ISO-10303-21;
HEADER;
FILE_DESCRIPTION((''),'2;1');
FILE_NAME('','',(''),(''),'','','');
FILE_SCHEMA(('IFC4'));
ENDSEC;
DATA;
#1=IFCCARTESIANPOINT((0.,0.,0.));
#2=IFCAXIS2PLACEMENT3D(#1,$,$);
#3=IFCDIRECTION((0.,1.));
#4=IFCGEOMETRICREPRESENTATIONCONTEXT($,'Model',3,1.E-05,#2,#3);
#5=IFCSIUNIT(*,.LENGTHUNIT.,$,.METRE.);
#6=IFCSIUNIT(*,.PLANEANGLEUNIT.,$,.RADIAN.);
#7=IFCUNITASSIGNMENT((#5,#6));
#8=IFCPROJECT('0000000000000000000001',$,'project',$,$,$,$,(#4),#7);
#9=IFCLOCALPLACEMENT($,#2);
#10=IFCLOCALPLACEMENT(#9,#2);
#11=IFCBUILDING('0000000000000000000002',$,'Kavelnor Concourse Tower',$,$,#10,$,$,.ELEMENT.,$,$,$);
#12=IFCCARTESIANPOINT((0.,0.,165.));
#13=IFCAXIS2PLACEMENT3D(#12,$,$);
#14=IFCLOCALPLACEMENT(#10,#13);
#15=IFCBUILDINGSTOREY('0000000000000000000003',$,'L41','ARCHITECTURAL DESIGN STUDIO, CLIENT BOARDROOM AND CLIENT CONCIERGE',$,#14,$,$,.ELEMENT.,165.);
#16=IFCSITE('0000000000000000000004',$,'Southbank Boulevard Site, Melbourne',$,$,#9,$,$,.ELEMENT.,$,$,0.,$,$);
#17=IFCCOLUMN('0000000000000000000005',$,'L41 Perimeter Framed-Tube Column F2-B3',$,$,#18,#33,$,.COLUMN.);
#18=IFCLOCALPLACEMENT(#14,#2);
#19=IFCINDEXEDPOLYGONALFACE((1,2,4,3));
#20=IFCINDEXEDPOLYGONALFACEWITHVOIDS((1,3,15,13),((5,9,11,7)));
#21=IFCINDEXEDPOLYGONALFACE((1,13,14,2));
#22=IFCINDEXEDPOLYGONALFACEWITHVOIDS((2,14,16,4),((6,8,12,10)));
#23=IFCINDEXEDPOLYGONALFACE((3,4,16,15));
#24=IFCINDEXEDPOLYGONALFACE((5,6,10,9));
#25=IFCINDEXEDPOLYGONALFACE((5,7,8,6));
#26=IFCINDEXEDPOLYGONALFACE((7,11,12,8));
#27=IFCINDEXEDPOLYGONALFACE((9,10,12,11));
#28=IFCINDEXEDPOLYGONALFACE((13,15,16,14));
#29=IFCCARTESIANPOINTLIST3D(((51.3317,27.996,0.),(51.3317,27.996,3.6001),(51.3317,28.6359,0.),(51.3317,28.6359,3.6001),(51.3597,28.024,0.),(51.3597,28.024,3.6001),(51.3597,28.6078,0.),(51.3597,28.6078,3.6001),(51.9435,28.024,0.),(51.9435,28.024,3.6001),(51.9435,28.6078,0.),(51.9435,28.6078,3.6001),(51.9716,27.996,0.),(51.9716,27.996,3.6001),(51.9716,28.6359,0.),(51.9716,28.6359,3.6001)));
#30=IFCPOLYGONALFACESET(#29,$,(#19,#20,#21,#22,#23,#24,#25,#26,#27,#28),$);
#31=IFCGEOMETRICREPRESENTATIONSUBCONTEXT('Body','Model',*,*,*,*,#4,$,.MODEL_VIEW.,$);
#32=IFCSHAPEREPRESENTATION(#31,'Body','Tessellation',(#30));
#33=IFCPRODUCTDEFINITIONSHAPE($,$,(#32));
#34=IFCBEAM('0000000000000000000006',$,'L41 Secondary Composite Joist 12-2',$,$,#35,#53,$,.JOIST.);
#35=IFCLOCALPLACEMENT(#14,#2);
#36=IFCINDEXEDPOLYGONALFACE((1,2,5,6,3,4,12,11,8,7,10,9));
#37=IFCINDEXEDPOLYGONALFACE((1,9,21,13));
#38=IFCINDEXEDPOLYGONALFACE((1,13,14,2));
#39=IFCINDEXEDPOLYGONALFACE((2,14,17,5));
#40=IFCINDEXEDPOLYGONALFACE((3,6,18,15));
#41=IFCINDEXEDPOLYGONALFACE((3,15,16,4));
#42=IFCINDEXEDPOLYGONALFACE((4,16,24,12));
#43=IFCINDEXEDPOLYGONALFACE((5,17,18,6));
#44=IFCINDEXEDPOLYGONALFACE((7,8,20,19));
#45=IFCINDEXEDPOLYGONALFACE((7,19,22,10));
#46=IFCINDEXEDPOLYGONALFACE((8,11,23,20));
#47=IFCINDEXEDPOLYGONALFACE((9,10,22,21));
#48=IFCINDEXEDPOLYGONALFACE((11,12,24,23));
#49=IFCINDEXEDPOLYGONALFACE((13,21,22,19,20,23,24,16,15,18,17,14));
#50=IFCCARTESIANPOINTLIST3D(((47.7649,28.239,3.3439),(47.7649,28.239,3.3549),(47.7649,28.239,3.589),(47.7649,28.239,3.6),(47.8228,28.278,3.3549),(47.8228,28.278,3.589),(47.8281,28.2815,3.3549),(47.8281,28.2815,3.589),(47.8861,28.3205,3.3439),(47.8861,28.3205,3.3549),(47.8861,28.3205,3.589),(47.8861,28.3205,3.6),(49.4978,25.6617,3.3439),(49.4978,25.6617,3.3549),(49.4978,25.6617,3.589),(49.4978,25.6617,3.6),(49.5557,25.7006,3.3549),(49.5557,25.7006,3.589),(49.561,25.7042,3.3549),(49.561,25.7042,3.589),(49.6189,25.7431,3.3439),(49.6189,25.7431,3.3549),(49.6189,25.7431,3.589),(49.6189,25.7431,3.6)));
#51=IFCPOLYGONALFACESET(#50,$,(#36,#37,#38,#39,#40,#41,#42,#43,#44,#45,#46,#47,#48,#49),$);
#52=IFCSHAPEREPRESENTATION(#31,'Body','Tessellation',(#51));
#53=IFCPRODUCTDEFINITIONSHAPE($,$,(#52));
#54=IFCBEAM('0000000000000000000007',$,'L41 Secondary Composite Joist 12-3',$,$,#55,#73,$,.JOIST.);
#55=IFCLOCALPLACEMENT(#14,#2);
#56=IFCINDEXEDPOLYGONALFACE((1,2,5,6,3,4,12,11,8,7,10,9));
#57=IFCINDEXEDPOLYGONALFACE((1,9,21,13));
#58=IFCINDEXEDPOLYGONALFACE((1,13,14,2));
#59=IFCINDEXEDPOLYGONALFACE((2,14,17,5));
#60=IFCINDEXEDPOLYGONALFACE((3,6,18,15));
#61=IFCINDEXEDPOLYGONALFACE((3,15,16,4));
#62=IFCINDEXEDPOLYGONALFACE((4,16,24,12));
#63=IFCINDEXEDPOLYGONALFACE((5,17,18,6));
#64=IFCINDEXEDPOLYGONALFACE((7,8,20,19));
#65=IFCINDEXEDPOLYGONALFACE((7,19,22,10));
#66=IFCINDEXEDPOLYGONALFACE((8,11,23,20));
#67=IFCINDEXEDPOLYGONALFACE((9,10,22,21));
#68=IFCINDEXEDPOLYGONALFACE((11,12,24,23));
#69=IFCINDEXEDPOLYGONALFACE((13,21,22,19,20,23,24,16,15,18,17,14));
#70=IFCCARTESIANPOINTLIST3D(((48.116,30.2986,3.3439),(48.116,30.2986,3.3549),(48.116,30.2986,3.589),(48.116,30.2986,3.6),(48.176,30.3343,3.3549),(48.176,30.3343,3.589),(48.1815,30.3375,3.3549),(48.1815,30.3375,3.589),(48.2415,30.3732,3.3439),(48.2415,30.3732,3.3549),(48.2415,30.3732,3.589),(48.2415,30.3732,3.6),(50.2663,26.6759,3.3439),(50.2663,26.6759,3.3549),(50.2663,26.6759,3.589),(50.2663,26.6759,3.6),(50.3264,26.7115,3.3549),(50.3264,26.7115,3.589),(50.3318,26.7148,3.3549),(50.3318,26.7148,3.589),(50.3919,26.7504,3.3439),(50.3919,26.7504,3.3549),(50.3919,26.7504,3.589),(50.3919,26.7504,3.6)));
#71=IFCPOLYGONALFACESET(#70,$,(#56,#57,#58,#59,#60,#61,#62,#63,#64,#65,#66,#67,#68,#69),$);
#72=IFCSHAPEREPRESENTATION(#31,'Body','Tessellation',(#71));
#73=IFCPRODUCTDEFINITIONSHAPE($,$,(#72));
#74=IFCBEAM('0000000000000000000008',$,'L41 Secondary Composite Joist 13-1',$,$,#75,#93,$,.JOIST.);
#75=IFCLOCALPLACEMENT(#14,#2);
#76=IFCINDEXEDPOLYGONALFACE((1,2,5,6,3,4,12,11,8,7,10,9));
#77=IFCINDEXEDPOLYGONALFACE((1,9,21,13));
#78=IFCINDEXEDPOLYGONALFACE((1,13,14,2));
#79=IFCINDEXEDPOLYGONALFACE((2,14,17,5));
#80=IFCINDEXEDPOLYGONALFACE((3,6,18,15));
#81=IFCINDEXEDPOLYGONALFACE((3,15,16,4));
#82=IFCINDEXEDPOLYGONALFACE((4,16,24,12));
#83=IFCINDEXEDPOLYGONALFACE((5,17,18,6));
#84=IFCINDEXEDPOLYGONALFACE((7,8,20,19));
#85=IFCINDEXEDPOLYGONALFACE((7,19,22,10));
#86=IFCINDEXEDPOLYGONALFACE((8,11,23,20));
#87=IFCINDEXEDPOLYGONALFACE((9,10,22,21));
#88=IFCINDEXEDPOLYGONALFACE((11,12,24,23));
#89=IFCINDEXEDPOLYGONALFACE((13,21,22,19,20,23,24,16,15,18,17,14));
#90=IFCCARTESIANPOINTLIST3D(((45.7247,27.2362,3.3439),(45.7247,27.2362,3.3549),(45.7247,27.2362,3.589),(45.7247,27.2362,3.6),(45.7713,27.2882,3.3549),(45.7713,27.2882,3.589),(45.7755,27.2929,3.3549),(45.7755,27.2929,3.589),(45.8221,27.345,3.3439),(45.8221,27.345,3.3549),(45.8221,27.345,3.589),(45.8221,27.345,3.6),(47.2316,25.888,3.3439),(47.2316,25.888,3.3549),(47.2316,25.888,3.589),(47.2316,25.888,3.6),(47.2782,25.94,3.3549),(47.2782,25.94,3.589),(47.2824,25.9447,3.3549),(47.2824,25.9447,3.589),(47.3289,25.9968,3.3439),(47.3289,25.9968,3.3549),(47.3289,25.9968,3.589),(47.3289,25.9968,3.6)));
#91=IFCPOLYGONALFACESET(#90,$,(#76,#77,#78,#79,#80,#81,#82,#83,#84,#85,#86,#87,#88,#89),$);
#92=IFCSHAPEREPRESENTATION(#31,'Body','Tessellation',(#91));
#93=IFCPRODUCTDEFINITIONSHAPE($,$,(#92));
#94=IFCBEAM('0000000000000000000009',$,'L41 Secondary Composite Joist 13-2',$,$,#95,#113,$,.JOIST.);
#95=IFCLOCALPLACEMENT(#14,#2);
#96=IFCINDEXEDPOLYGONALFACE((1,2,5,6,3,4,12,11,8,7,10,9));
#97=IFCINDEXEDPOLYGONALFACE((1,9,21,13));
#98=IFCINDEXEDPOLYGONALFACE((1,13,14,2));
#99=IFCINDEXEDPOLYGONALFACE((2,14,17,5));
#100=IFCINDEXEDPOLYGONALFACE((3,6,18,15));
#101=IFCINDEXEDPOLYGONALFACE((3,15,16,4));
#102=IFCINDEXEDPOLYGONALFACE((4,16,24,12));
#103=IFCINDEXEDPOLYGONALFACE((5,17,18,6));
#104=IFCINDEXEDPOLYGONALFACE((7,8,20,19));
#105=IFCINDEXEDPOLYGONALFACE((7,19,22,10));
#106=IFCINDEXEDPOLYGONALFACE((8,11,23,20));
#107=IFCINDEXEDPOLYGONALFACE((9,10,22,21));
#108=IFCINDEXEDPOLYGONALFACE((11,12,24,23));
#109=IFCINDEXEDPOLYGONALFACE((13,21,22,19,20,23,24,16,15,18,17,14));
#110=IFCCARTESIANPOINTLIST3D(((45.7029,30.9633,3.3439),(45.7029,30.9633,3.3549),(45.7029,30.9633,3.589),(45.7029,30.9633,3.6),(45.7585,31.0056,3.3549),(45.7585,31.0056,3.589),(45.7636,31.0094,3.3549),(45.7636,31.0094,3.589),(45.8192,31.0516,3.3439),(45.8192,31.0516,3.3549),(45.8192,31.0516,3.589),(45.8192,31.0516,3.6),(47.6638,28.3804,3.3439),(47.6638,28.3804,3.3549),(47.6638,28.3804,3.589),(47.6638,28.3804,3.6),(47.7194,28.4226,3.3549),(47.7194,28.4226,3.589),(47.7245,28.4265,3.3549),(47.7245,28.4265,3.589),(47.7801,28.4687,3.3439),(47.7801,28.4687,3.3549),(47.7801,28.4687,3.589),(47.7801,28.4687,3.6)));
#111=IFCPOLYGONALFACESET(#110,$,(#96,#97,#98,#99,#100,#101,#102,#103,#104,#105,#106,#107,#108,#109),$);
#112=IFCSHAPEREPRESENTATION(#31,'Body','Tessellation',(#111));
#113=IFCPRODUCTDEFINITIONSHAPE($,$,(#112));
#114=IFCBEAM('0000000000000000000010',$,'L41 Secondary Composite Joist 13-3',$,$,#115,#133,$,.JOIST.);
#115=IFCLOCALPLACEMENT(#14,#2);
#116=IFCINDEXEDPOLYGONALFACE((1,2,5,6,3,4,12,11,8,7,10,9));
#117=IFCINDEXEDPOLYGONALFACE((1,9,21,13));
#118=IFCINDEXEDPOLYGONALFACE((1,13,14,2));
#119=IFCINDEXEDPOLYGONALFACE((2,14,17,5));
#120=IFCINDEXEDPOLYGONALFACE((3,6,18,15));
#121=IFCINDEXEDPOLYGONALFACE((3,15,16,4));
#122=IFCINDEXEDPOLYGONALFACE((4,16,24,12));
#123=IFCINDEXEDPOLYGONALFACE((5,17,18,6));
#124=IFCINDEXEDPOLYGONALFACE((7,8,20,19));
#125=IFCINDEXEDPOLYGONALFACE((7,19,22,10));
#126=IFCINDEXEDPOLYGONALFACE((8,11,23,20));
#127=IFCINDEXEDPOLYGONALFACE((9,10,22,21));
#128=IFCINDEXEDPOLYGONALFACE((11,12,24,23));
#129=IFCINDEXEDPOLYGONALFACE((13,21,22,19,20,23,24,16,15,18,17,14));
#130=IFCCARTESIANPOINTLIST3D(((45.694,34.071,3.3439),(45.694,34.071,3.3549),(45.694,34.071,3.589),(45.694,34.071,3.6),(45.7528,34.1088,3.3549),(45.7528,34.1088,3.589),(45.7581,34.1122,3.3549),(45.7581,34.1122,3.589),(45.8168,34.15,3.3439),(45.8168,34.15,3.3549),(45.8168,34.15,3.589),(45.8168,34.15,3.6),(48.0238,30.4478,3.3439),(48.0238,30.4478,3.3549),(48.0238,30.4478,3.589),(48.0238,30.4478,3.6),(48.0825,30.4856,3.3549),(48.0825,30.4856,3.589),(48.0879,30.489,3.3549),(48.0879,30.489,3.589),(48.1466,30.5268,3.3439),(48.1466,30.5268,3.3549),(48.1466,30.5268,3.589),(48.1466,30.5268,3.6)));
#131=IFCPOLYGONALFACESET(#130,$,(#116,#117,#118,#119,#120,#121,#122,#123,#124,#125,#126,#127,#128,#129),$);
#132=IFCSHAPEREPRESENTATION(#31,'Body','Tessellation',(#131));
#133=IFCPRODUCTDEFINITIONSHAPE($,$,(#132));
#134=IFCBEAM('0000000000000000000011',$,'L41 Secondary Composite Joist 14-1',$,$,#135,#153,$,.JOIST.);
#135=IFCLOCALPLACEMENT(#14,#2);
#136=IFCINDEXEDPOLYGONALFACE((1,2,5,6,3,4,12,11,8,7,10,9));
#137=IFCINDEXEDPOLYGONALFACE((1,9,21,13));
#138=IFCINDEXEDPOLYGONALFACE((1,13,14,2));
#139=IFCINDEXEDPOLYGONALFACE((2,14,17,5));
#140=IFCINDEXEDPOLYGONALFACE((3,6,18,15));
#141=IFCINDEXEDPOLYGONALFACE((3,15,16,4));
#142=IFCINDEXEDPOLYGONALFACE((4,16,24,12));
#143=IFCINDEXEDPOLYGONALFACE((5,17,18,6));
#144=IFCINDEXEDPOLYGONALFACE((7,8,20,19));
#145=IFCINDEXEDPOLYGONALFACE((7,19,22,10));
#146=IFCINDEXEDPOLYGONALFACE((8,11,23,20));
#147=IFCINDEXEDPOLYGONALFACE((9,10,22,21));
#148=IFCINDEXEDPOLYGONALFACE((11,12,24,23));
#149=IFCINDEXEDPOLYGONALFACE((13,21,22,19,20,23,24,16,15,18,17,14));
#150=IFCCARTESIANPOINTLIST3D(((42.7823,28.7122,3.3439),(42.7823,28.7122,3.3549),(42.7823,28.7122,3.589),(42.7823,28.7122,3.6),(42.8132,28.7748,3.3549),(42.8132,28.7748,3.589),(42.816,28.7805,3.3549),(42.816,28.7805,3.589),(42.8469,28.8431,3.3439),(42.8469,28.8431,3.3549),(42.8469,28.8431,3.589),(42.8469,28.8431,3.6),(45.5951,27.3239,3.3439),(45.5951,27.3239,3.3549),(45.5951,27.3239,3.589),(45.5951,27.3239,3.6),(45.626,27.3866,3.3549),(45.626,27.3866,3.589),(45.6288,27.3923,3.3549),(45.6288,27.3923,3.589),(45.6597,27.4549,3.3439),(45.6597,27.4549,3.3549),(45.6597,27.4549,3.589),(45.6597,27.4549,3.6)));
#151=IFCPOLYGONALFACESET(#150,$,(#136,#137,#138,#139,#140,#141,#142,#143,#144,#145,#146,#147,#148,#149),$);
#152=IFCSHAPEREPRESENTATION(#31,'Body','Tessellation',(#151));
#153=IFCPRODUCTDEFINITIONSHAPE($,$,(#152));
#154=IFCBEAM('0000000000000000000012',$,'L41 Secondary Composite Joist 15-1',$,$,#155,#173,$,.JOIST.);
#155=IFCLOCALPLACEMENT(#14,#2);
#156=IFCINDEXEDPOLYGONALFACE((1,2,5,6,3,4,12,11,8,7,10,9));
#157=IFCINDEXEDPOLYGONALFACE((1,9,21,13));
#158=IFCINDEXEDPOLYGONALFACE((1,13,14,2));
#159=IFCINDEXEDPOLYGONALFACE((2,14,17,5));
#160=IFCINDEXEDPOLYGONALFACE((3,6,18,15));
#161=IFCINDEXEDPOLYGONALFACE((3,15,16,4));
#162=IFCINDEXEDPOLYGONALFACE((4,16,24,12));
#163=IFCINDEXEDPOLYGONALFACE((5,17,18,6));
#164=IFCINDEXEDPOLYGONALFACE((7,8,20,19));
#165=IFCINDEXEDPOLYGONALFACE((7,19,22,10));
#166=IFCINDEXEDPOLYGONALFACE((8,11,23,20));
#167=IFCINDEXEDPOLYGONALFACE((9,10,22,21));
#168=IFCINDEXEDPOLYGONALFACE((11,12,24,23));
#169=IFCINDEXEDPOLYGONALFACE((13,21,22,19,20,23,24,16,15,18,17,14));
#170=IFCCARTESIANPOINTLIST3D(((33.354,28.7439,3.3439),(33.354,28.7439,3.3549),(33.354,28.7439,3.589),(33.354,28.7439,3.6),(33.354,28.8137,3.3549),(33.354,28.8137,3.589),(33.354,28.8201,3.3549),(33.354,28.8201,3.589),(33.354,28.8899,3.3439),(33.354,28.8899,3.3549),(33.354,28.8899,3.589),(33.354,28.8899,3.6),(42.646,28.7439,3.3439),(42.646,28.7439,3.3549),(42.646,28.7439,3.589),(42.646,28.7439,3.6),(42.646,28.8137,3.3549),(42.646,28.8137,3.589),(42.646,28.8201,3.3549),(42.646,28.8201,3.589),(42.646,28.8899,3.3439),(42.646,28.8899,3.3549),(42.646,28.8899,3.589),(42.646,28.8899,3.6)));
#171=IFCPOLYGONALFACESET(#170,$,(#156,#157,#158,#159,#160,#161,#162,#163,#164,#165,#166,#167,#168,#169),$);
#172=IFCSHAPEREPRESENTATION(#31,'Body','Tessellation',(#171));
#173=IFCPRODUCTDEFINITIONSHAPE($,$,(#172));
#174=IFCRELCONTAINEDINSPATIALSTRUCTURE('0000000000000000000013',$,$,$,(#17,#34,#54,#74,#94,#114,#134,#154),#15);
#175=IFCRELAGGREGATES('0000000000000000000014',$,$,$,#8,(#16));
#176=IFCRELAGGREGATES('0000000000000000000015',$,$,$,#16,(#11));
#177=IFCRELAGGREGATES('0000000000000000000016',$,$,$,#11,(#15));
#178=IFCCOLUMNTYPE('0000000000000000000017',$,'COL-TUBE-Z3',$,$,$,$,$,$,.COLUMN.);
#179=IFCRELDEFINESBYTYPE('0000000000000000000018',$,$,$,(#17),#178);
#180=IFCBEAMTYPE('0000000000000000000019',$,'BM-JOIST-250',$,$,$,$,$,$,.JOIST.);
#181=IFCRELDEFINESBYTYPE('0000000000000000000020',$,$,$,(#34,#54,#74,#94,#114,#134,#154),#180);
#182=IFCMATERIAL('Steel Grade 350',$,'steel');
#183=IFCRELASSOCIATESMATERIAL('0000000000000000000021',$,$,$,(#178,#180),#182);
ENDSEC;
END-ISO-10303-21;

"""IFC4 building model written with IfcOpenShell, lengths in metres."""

from ifc_helpers import new_model, si_unit, direction, frame, origin, origin_2d, place, context, subcontext, project, spatial, hollow_rectangle, i_section, extrude, material, material_profile, profile_set, type_object, element, save


model = new_model("IFC4")

# Units and contexts
model_context = context("Model", 3, precision=1e-05, world=origin(), true_north=direction((0.0, 1.0)))
body_context = subcontext(model_context, "Body", "Model", "MODEL_VIEW")
ifc_project = project(units=[si_unit("LENGTHUNIT", "METRE"), si_unit("PLANEANGLEUNIT", "RADIAN")], contexts=[model_context])

# Site, building, storey
site_placement = place(None, origin())
site = spatial("IfcSite", under=ifc_project, at=site_placement, Name="Southbank Boulevard Site, Melbourne", CompositionType="ELEMENT", RefElevation=0.0)
building_placement = place(site_placement, origin())
building = spatial("IfcBuilding", under=site, at=building_placement, Name="Kavelnor Concourse Tower", CompositionType="ELEMENT")
storey_placement = place(building_placement, frame((0.0, 0.0, 165.0)))
storey = spatial("IfcBuildingStorey", under=building, at=storey_placement, Name="L41", Description="ARCHITECTURAL DESIGN STUDIO, CLIENT BOARDROOM AND CLIENT CONCIERGE", CompositionType="ELEMENT", Elevation=165.0)

# Column
ifc_material_1 = material(Name="Steel Grade 350", Category="steel")
ifc_material_profile_1 = material_profile(ifc_material_1, hollow_rectangle(XDim=0.6399, YDim=0.6399, WallThickness=0.0281, at=origin_2d()), Name="SHS 640x640x28")
ifc_profile_set_1 = profile_set([ifc_material_profile_1], Name="Steel Grade 350")
column_type = type_object("IfcColumnType", Name="COL-TUBE-Z3", PredefinedType="COLUMN", material=ifc_profile_set_1)
column_placement = place(storey_placement, frame((51.6516, 28.3159, 0.0), z_axis=(0.0, 0.0, 1.0), x_axis=(1.0, 0.0, 0.0)))
element("IfcColumn", 1, at=column_placement, inside=storey, type_object=column_type, Name="L41 Perimeter Framed-Tube Column F2-B3", PredefinedType="COLUMN", context=body_context, shape_type="SweptSolid", body=[
    extrude(hollow_rectangle(XDim=0.6399, YDim=0.6399, WallThickness=0.0281, at=origin_2d()), origin(), (0.0, 0.0, 1.0), 3.6001),
])

# Beams
ifc_material_profile_2 = material_profile(ifc_material_1, i_section(OverallWidth=0.146, OverallDepth=0.2561, WebThickness=0.0063, FlangeThickness=0.011, at=origin_2d()), Name="250UB37")
ifc_profile_set_2 = profile_set([ifc_material_profile_2], Name="Steel Grade 350")
beam_type_1 = type_object("IfcBeamType", Name="BM-JOIST-250", PredefinedType="JOIST", material=ifc_profile_set_2)
beam_1_placement = place(storey_placement, frame((49.5583, 25.7024, 3.4719), z_axis=(-0.557961, 0.829867, 0.0), x_axis=(-0.829867, -0.557961, 0.0)))
element("IfcBeam", 2, at=beam_1_placement, inside=storey, type_object=beam_type_1, Name="L41 Secondary Composite Joist 12-2", PredefinedType="JOIST", context=body_context, shape_type="SweptSolid", body=[
    extrude(i_section(OverallWidth=0.146, OverallDepth=0.2561, WebThickness=0.0063, FlangeThickness=0.011, at=origin_2d()), origin(), (0.0, 0.0, 1.0), 3.1057),
])
beam_2_placement = place(storey_placement, frame((50.3291, 26.7131, 3.4719), z_axis=(-0.510425, 0.859922, 0.0), x_axis=(-0.859922, -0.510425, 0.0)))
element("IfcBeam", 3, at=beam_2_placement, inside=storey, type_object=beam_type_1, Name="L41 Secondary Composite Joist 12-3", PredefinedType="JOIST", context=body_context, shape_type="SweptSolid", body=[
    extrude(i_section(OverallWidth=0.146, OverallDepth=0.2561, WebThickness=0.0063, FlangeThickness=0.011, at=origin_2d()), origin(), (0.0, 0.0, 1.0), 4.2129),
])
beam_3_placement = place(storey_placement, frame((47.2803, 25.9424, 3.4719), z_axis=(-0.74526, 0.666774, 0.0), x_axis=(-0.666774, -0.74526, 0.0)))
element("IfcBeam", 4, at=beam_3_placement, inside=storey, type_object=beam_type_1, Name="L41 Secondary Composite Joist 13-1", PredefinedType="JOIST", context=body_context, shape_type="SweptSolid", body=[
    extrude(i_section(OverallWidth=0.146, OverallDepth=0.2561, WebThickness=0.0063, FlangeThickness=0.011, at=origin_2d()), origin(), (0.0, 0.0, 1.0), 2.022),
])
beam_4_placement = place(storey_placement, frame((47.7219, 28.4246, 3.4719), z_axis=(-0.604663, 0.796481, 0.0), x_axis=(-0.796481, -0.604663, 0.0)))
element("IfcBeam", 5, at=beam_4_placement, inside=storey, type_object=beam_type_1, Name="L41 Secondary Composite Joist 13-2", PredefinedType="JOIST", context=body_context, shape_type="SweptSolid", body=[
    extrude(i_section(OverallWidth=0.146, OverallDepth=0.2561, WebThickness=0.0063, FlangeThickness=0.011, at=origin_2d()), origin(), (0.0, 0.0, 1.0), 3.2429),
])
beam_5_placement = place(storey_placement, frame((48.0852, 30.4873, 3.4719), z_axis=(-0.540852, 0.841118, 0.0), x_axis=(-0.841118, -0.540852, 0.0)))
element("IfcBeam", 6, at=beam_5_placement, inside=storey, type_object=beam_type_1, Name="L41 Secondary Composite Joist 13-3", PredefinedType="JOIST", context=body_context, shape_type="SweptSolid", body=[
    extrude(i_section(OverallWidth=0.146, OverallDepth=0.2561, WebThickness=0.0063, FlangeThickness=0.011, at=origin_2d()), origin(), (0.0, 0.0, 1.0), 4.3076),
])
beam_6_placement = place(storey_placement, frame((45.6274, 27.3894, 3.4719), z_axis=(-0.896735, 0.442569, 0.0), x_axis=(-0.442569, -0.896735, 0.0)))
element("IfcBeam", 7, at=beam_6_placement, inside=storey, type_object=beam_type_1, Name="L41 Secondary Composite Joist 14-1", PredefinedType="JOIST", context=body_context, shape_type="SweptSolid", body=[
    extrude(i_section(OverallWidth=0.146, OverallDepth=0.2561, WebThickness=0.0063, FlangeThickness=0.011, at=origin_2d()), origin(), (0.0, 0.0, 1.0), 3.1367),
])
beam_7_placement = place(storey_placement, frame((42.646, 28.8169, 3.4719), z_axis=(-1.0, 0.0, 0.0), x_axis=(0.0, -1.0, 0.0)))
element("IfcBeam", 8, at=beam_7_placement, inside=storey, type_object=beam_type_1, Name="L41 Secondary Composite Joist 15-1", PredefinedType="JOIST", context=body_context, shape_type="SweptSolid", body=[
    extrude(i_section(OverallWidth=0.146, OverallDepth=0.2561, WebThickness=0.0063, FlangeThickness=0.011, at=origin_2d()), origin(), (0.0, 0.0, 1.0), 9.292),
])

save(model, "model.ifc")
